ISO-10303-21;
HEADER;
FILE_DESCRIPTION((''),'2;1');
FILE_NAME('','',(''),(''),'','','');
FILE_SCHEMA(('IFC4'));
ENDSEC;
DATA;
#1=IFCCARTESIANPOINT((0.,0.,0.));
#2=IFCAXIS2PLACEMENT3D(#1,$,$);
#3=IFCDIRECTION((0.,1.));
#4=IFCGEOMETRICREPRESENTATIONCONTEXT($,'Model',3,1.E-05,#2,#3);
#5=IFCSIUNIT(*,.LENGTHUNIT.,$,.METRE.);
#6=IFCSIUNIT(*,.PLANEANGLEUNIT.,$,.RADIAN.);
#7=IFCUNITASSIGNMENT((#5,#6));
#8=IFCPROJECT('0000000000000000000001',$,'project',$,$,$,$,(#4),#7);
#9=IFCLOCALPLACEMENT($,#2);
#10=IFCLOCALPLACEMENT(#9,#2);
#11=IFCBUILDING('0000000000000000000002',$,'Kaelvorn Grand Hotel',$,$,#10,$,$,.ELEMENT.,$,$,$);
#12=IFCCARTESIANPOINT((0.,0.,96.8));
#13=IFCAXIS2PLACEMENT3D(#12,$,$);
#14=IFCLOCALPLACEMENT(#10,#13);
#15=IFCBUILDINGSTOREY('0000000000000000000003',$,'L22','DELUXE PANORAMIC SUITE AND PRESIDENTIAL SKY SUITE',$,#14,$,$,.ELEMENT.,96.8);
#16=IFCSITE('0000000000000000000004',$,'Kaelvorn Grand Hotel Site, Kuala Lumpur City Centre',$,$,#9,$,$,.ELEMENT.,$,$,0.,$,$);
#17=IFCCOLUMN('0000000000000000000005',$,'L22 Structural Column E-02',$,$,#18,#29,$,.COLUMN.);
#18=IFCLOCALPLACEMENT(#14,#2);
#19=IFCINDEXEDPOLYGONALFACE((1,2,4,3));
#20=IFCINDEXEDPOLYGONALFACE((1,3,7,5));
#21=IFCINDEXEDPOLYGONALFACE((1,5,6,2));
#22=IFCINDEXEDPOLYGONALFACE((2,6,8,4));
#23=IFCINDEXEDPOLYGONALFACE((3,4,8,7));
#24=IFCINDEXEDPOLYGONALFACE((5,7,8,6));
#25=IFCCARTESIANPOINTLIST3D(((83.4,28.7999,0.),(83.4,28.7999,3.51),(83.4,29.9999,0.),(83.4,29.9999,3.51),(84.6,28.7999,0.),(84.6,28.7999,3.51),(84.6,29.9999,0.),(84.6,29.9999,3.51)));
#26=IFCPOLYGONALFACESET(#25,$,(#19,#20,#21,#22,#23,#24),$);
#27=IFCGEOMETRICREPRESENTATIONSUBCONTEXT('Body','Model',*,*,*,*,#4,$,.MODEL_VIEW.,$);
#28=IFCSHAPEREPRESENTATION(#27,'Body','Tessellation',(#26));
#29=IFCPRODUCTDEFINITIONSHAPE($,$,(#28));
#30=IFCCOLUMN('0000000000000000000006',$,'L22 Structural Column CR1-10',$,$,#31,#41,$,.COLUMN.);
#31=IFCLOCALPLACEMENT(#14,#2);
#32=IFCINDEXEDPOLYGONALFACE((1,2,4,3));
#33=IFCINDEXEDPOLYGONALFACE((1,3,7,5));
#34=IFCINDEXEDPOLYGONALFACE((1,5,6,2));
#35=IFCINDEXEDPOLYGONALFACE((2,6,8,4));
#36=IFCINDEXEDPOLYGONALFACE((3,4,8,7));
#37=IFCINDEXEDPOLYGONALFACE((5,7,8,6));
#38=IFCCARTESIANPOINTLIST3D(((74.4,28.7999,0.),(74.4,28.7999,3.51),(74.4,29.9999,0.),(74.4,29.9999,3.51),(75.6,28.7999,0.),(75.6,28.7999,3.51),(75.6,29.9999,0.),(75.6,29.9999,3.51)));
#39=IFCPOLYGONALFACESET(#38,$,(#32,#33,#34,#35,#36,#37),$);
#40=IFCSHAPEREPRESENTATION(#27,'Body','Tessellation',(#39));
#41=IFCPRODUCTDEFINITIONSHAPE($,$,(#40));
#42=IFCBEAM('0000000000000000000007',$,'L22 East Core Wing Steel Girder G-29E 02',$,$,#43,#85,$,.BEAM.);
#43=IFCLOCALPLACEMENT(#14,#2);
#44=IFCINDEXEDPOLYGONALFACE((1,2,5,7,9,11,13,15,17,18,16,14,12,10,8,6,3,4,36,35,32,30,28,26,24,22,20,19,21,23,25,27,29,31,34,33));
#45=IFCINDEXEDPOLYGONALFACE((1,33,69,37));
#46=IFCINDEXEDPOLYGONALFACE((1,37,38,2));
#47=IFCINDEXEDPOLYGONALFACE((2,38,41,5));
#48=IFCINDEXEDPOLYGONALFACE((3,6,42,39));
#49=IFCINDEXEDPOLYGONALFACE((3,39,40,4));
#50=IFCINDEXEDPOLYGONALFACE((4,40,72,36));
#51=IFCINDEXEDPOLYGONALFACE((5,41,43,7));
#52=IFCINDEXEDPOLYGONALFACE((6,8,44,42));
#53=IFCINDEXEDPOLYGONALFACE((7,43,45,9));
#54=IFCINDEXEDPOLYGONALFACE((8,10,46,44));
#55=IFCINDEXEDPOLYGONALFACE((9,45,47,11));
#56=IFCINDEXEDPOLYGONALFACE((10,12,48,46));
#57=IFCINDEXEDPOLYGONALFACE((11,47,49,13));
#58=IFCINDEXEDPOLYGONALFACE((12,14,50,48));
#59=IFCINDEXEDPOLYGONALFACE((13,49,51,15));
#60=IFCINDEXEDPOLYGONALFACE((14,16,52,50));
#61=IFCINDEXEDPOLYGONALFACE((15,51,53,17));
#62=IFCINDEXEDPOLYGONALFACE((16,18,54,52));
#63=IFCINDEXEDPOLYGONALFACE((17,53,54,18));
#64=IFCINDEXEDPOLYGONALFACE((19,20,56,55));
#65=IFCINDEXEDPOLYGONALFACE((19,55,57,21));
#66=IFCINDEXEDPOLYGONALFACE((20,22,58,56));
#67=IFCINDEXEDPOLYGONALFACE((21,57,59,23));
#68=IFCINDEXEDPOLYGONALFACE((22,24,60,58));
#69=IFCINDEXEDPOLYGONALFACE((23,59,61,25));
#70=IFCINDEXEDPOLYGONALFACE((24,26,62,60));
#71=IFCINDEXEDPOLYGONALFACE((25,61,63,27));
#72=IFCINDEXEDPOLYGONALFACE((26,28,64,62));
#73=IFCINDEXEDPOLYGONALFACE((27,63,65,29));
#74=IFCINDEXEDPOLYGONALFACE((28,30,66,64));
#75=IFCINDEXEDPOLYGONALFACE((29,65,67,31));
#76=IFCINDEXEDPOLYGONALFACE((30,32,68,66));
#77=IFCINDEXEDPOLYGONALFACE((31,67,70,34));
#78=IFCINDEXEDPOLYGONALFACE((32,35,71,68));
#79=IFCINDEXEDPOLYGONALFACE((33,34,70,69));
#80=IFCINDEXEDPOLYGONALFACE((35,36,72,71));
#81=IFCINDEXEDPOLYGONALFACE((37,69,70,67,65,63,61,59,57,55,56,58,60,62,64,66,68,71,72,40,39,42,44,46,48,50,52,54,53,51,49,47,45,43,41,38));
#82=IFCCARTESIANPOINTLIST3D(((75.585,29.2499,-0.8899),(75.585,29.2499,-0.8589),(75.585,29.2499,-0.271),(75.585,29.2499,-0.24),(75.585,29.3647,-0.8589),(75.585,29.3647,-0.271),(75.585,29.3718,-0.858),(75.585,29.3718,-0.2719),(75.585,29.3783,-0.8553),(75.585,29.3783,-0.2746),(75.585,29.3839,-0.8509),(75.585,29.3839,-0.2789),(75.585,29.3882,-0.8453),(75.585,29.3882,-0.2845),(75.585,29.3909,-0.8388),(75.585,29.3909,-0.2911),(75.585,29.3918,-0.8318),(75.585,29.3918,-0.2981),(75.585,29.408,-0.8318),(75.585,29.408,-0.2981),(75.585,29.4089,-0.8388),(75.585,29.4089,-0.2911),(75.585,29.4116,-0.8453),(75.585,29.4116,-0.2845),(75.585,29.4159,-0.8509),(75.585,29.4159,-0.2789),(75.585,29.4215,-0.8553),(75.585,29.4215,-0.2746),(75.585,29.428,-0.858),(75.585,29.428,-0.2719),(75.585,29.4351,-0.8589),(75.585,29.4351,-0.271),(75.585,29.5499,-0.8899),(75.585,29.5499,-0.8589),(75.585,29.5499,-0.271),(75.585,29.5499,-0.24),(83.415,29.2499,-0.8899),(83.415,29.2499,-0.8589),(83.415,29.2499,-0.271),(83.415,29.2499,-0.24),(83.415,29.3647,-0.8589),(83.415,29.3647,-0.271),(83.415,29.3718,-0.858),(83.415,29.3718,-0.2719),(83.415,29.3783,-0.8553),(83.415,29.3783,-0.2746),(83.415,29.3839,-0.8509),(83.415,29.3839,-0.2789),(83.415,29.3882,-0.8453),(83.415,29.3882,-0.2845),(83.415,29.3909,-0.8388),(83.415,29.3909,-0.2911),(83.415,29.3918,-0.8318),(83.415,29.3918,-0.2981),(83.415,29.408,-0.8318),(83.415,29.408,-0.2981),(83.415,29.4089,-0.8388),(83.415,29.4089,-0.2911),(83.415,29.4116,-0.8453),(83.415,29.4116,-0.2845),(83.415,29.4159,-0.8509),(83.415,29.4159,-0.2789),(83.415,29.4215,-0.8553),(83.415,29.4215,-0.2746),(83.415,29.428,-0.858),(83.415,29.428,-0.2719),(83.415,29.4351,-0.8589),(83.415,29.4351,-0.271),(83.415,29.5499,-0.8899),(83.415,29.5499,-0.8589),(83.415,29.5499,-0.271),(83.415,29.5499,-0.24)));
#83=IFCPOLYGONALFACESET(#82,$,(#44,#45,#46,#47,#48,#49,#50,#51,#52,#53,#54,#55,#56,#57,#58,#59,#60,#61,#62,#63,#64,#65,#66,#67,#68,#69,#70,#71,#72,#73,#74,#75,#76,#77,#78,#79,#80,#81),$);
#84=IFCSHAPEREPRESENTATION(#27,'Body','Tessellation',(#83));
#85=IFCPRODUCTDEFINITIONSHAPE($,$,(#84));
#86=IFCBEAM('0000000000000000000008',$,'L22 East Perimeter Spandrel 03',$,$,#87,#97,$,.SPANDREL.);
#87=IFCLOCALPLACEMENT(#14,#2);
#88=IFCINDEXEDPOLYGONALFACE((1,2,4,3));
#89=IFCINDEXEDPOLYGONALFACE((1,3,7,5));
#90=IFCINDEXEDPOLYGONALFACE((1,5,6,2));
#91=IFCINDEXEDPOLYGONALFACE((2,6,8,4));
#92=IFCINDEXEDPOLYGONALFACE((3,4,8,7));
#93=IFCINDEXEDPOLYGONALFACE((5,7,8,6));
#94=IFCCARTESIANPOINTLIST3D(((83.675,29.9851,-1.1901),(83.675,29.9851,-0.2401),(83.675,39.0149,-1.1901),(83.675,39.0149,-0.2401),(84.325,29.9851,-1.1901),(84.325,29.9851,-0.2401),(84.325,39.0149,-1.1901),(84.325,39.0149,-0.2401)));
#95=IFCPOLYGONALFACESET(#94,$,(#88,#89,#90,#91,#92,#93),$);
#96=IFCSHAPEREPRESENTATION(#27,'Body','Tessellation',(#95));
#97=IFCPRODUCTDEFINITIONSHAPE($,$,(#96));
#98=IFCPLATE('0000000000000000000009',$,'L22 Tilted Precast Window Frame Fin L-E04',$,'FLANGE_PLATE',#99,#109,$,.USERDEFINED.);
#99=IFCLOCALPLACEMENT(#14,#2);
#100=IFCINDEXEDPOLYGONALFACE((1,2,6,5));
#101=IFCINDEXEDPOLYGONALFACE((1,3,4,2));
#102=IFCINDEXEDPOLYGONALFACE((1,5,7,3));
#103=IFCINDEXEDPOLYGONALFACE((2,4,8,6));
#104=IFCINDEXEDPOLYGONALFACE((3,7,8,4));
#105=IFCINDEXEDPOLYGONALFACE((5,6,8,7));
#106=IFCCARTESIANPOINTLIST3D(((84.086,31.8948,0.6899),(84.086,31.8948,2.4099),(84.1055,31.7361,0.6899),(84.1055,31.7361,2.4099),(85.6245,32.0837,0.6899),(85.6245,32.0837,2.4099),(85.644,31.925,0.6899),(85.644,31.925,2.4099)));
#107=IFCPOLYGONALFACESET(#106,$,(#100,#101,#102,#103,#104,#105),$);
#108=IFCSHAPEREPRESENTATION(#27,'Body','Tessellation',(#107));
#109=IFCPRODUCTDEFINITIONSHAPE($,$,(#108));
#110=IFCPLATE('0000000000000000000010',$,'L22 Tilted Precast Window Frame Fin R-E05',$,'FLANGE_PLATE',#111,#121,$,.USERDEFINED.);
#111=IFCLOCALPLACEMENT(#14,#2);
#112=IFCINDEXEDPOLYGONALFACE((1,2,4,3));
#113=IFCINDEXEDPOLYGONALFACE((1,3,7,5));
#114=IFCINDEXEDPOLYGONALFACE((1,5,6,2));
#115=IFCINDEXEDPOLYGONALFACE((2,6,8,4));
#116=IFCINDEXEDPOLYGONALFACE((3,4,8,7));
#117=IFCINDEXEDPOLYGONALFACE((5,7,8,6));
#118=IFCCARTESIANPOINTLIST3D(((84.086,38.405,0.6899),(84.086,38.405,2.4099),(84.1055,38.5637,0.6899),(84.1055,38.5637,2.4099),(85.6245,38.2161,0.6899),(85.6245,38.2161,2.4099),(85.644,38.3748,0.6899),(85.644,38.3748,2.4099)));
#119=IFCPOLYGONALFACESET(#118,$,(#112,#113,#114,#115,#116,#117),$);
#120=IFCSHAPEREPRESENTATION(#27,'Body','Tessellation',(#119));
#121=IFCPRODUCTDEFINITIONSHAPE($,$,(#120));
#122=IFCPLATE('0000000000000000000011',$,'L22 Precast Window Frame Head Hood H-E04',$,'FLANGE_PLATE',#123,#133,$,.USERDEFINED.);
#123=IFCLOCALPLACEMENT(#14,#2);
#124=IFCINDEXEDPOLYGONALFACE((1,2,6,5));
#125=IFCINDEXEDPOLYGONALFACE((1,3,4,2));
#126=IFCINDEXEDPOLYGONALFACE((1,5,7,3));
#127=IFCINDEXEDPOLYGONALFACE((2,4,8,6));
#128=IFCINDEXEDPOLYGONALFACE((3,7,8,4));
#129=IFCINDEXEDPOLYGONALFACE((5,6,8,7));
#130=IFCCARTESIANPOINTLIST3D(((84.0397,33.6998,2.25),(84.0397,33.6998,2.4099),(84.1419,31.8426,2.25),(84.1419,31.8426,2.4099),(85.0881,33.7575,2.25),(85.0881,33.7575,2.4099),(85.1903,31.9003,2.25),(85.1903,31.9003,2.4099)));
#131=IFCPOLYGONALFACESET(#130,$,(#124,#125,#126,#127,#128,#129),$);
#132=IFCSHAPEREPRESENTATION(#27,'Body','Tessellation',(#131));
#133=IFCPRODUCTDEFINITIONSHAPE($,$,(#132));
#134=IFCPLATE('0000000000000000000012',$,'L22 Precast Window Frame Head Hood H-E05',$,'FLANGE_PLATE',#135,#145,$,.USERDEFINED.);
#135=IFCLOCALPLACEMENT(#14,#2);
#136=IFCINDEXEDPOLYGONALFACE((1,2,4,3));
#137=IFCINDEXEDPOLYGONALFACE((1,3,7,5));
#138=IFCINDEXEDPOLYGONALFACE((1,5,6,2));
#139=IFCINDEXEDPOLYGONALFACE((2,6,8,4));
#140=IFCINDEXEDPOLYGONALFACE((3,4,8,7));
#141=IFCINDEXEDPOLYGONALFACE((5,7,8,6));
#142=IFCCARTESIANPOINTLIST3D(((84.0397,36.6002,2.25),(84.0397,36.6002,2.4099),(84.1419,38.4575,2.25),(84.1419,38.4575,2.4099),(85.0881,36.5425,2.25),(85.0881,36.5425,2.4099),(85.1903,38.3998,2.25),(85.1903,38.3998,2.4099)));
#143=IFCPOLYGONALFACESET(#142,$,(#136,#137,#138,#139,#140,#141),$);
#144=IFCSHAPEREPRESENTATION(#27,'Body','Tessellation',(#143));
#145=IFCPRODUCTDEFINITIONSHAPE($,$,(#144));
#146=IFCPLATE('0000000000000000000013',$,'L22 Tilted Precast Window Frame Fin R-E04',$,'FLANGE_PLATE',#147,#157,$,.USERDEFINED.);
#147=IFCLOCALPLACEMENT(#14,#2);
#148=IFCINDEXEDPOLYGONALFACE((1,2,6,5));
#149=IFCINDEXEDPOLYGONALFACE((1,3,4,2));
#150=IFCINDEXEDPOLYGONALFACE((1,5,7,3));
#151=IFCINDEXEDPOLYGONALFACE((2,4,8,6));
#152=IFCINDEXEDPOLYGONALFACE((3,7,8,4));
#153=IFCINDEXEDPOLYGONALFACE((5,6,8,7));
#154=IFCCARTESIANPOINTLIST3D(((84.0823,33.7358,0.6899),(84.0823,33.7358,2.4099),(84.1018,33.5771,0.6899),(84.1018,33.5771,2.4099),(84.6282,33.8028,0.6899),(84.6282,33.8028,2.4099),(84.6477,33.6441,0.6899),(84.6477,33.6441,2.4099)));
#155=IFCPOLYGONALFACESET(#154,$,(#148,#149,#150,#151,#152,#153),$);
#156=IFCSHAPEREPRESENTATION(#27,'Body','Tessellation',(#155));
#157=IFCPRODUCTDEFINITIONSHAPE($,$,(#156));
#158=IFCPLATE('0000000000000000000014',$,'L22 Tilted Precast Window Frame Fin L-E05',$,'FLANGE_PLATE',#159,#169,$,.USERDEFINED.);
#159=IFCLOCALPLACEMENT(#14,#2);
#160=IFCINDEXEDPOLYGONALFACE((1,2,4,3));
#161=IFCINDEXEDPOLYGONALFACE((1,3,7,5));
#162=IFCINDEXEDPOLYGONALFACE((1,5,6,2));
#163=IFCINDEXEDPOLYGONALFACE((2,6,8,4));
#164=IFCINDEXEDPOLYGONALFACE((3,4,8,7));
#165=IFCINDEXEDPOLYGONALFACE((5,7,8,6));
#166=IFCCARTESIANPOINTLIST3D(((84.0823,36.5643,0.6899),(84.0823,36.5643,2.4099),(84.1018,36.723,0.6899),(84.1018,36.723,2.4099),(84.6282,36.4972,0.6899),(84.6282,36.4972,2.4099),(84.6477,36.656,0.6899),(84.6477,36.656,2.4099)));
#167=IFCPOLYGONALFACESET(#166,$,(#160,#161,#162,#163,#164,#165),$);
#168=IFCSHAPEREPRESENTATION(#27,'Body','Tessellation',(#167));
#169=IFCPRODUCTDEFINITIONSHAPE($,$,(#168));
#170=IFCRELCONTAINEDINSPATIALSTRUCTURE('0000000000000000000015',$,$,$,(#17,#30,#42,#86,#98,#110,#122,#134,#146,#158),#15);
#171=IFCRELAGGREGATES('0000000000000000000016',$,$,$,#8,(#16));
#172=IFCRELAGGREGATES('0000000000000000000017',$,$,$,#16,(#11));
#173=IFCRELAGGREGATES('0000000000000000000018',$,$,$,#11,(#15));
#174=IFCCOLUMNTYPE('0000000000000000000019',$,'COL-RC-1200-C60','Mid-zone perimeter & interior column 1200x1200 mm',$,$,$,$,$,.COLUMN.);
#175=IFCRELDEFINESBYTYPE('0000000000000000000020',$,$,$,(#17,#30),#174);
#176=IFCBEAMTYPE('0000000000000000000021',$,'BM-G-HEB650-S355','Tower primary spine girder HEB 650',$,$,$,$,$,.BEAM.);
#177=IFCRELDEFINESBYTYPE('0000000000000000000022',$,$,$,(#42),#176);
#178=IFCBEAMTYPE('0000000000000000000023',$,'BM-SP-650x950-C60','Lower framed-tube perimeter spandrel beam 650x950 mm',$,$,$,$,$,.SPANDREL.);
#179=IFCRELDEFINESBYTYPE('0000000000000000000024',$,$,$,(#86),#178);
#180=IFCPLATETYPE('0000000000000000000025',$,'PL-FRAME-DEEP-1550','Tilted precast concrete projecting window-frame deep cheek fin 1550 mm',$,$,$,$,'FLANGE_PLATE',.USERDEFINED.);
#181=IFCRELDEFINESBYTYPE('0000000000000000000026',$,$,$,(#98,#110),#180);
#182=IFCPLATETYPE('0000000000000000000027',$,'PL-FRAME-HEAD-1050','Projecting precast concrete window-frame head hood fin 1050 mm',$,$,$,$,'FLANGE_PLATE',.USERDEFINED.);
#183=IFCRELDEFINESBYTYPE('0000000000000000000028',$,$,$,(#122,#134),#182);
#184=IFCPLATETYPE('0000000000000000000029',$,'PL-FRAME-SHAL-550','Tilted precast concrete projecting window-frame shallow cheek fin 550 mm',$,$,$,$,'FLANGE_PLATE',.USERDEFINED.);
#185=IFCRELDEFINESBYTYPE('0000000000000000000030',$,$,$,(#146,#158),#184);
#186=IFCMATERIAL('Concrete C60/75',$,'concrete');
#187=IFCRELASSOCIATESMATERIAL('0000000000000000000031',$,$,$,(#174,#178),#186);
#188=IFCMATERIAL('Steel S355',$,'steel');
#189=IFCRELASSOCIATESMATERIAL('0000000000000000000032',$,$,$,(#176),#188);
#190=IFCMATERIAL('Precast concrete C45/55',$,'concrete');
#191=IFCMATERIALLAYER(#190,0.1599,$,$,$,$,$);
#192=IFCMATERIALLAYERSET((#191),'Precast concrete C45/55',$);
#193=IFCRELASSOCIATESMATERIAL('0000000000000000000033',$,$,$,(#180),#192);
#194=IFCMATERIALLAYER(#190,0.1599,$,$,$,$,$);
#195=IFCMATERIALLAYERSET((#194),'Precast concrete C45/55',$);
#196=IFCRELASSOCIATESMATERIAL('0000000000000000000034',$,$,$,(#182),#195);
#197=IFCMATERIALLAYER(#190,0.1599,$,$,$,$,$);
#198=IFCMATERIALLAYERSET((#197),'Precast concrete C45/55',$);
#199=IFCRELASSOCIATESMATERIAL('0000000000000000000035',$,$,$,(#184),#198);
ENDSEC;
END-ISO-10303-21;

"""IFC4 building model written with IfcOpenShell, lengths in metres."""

from ifc_helpers import new_model, si_unit, direction, frame, origin, origin_2d, place, context, subcontext, project, spatial, rectangle, i_section, extrude, material, layer, layer_set, material_profile, profile_set, type_object, element, save


model = new_model("IFC4")

# Units and contexts
model_context = context("Model", 3, precision=1e-05, world=origin(), true_north=direction((0.0, 1.0)))
body_context = subcontext(model_context, "Body", "Model", "MODEL_VIEW")
ifc_project = project(units=[si_unit("LENGTHUNIT", "METRE"), si_unit("PLANEANGLEUNIT", "RADIAN")], contexts=[model_context])

# Site, building, storey
site_placement = place(None, origin())
site = spatial("IfcSite", under=ifc_project, at=site_placement, Name="Kaelvorn Grand Hotel Site, Kuala Lumpur City Centre", CompositionType="ELEMENT", RefElevation=0.0)
building_placement = place(site_placement, origin())
building = spatial("IfcBuilding", under=site, at=building_placement, Name="Kaelvorn Grand Hotel", CompositionType="ELEMENT")
storey_placement = place(building_placement, frame((0.0, 0.0, 96.8)))
storey = spatial("IfcBuildingStorey", under=building, at=storey_placement, Name="L22", Description="DELUXE PANORAMIC SUITE AND PRESIDENTIAL SKY SUITE", CompositionType="ELEMENT", Elevation=96.8)

# Columns
ifc_material_1 = material(Name="Concrete C60/75", Category="concrete")
ifc_material_profile_1 = material_profile(ifc_material_1, rectangle(XDim=1.2, YDim=1.2, at=origin_2d()), Name="RC COL 1200x1200")
ifc_profile_set_1 = profile_set([ifc_material_profile_1], Name="Concrete C60/75")
column_type = type_object("IfcColumnType", Name="COL-RC-1200-C60", Description="Mid-zone perimeter & interior column 1200x1200 mm", PredefinedType="COLUMN", material=ifc_profile_set_1)
for number, where, z_axis, x_axis, name in (
    (1, (84.0, 29.3999, 0.0), (0.0, 0.0, 1.0), (1.0, 0.0, 0.0), "L22 Structural Column E-02"),
    (2, (75.0, 29.3999, 0.0), (0.0, 0.0, 1.0), (1.0, 0.0, 0.0), "L22 Structural Column CR1-10"),
):
    element("IfcColumn", number, at=place(storey_placement, frame(where, z_axis=z_axis, x_axis=x_axis)), inside=storey, type_object=column_type, Name=name, PredefinedType="COLUMN", context=body_context, shape_type="SweptSolid", body=[
        extrude(rectangle(XDim=1.2, YDim=1.2, at=origin_2d()), origin(), (0.0, 0.0, 1.0), 3.51),
    ])

# Beams
ifc_material_2 = material(Name="Steel S355", Category="steel")
ifc_material_profile_2 = material_profile(ifc_material_2, i_section(OverallWidth=0.3, OverallDepth=0.6499, WebThickness=0.0161, FlangeThickness=0.031, FilletRadius=0.0271, at=origin_2d()), Name="HEB 650")
ifc_profile_set_2 = profile_set([ifc_material_profile_2], Name="Steel S355")
beam_type_1 = type_object("IfcBeamType", Name="BM-G-HEB650-S355", Description="Tower primary spine girder HEB 650", PredefinedType="BEAM", material=ifc_profile_set_2)
beam_1_placement = place(storey_placement, frame((75.585, 29.3999, -0.5649), z_axis=(1.0, 0.0, 0.0), x_axis=(0.0, 1.0, 0.0)))
element("IfcBeam", 3, at=beam_1_placement, inside=storey, type_object=beam_type_1, Name="L22 East Core Wing Steel Girder G-29E 02", PredefinedType="BEAM", context=body_context, shape_type="SweptSolid", body=[
    extrude(i_section(OverallWidth=0.3, OverallDepth=0.6499, WebThickness=0.0161, FlangeThickness=0.031, FilletRadius=0.0271, at=origin_2d()), origin(), (0.0, 0.0, 1.0), 7.8301),
])
ifc_material_profile_3 = material_profile(ifc_material_1, rectangle(XDim=0.6499, YDim=0.95, at=origin_2d()), Name="RC SPANDREL 650x950")
ifc_profile_set_3 = profile_set([ifc_material_profile_3], Name="Concrete C60/75")
beam_type_2 = type_object("IfcBeamType", Name="BM-SP-650x950-C60", Description="Lower framed-tube perimeter spandrel beam 650x950 mm", PredefinedType="SPANDREL", material=ifc_profile_set_3)
beam_2_placement = place(storey_placement, frame((84.0, 29.9851, -0.7151), z_axis=(0.0, 1.0, 0.0), x_axis=(-1.0, 0.0, 0.0)))
element("IfcBeam", 4, at=beam_2_placement, inside=storey, type_object=beam_type_2, Name="L22 East Perimeter Spandrel 03", PredefinedType="SPANDREL", context=body_context, shape_type="SweptSolid", body=[
    extrude(rectangle(XDim=0.6499, YDim=0.95, at=origin_2d()), origin(), (0.0, 0.0, 1.0), 9.0298),
])

# Plates
ifc_material_3 = material(Name="Precast concrete C45/55", Category="concrete")
ifc_layer_1 = layer(ifc_material_3, 0.1599)
ifc_layer_set_1 = layer_set([ifc_layer_1], Name="Precast concrete C45/55")
plate_type_1 = type_object("IfcPlateType", Name="PL-FRAME-DEEP-1550", Description="Tilted precast concrete projecting window-frame deep cheek fin 1550 mm", ElementType="FLANGE_PLATE", PredefinedType="USERDEFINED", material=ifc_layer_set_1)
for number, where, z_axis, x_axis, name in (
    (5, (84.865, 31.9099, 0.6899), (0.0, 0.0, 1.0), (-0.121869, 0.992546, 0.0), "L22 Tilted Precast Window Frame Fin L-E04"),
    (6, (84.865, 38.3899, 0.6899), (0.0, 0.0, 1.0), (0.121869, 0.992546, 0.0), "L22 Tilted Precast Window Frame Fin R-E05"),
):
    element("IfcPlate", number, at=place(storey_placement, frame(where, z_axis=z_axis, x_axis=x_axis)), inside=storey, type_object=plate_type_1, Name=name, ObjectType="FLANGE_PLATE", PredefinedType="USERDEFINED", context=body_context, shape_type="SweptSolid", body=[
        extrude(rectangle(XDim=0.1599, YDim=1.55, at=origin_2d()), origin(), (0.0, 0.0, 1.0), 1.72),
    ])
ifc_layer_2 = layer(ifc_material_3, 0.1599)
ifc_layer_set_2 = layer_set([ifc_layer_2], Name="Precast concrete C45/55")
plate_type_2 = type_object("IfcPlateType", Name="PL-FRAME-HEAD-1050", Description="Projecting precast concrete window-frame head hood fin 1050 mm", ElementType="FLANGE_PLATE", PredefinedType="USERDEFINED", material=ifc_layer_set_2)
for number, where, z_axis, x_axis, name in (
    (7, (84.615, 32.8, 2.25), (0.0, 0.0, 1.0), (-0.05495, 0.998489, 0.0), "L22 Precast Window Frame Head Hood H-E04"),
    (8, (84.615, 37.5, 2.25), (0.0, 0.0, 1.0), (0.05495, 0.998489, 0.0), "L22 Precast Window Frame Head Hood H-E05"),
):
    element("IfcPlate", number, at=place(storey_placement, frame(where, z_axis=z_axis, x_axis=x_axis)), inside=storey, type_object=plate_type_2, Name=name, ObjectType="FLANGE_PLATE", PredefinedType="USERDEFINED", context=body_context, shape_type="SweptSolid", body=[
        extrude(rectangle(XDim=1.8601, YDim=1.05, at=origin_2d()), origin(), (0.0, 0.0, 1.0), 0.1599),
    ])
ifc_layer_3 = layer(ifc_material_3, 0.1599)
ifc_layer_set_3 = layer_set([ifc_layer_3], Name="Precast concrete C45/55")
plate_type_3 = type_object("IfcPlateType", Name="PL-FRAME-SHAL-550", Description="Tilted precast concrete projecting window-frame shallow cheek fin 550 mm", ElementType="FLANGE_PLATE", PredefinedType="USERDEFINED", material=ifc_layer_set_3)
for number, where, z_axis, x_axis, name in (
    (9, (84.365, 33.6899, 0.6899), (0.0, 0.0, 1.0), (-0.121869, 0.992546, 0.0), "L22 Tilted Precast Window Frame Fin R-E04"),
    (10, (84.365, 36.6101, 0.6899), (0.0, 0.0, 1.0), (0.121869, 0.992546, 0.0), "L22 Tilted Precast Window Frame Fin L-E05"),
):
    element("IfcPlate", number, at=place(storey_placement, frame(where, z_axis=z_axis, x_axis=x_axis)), inside=storey, type_object=plate_type_3, Name=name, ObjectType="FLANGE_PLATE", PredefinedType="USERDEFINED", context=body_context, shape_type="SweptSolid", body=[
        extrude(rectangle(XDim=0.1599, YDim=0.55, at=origin_2d()), origin(), (0.0, 0.0, 1.0), 1.72),
    ])

save(model, "model.ifc")
